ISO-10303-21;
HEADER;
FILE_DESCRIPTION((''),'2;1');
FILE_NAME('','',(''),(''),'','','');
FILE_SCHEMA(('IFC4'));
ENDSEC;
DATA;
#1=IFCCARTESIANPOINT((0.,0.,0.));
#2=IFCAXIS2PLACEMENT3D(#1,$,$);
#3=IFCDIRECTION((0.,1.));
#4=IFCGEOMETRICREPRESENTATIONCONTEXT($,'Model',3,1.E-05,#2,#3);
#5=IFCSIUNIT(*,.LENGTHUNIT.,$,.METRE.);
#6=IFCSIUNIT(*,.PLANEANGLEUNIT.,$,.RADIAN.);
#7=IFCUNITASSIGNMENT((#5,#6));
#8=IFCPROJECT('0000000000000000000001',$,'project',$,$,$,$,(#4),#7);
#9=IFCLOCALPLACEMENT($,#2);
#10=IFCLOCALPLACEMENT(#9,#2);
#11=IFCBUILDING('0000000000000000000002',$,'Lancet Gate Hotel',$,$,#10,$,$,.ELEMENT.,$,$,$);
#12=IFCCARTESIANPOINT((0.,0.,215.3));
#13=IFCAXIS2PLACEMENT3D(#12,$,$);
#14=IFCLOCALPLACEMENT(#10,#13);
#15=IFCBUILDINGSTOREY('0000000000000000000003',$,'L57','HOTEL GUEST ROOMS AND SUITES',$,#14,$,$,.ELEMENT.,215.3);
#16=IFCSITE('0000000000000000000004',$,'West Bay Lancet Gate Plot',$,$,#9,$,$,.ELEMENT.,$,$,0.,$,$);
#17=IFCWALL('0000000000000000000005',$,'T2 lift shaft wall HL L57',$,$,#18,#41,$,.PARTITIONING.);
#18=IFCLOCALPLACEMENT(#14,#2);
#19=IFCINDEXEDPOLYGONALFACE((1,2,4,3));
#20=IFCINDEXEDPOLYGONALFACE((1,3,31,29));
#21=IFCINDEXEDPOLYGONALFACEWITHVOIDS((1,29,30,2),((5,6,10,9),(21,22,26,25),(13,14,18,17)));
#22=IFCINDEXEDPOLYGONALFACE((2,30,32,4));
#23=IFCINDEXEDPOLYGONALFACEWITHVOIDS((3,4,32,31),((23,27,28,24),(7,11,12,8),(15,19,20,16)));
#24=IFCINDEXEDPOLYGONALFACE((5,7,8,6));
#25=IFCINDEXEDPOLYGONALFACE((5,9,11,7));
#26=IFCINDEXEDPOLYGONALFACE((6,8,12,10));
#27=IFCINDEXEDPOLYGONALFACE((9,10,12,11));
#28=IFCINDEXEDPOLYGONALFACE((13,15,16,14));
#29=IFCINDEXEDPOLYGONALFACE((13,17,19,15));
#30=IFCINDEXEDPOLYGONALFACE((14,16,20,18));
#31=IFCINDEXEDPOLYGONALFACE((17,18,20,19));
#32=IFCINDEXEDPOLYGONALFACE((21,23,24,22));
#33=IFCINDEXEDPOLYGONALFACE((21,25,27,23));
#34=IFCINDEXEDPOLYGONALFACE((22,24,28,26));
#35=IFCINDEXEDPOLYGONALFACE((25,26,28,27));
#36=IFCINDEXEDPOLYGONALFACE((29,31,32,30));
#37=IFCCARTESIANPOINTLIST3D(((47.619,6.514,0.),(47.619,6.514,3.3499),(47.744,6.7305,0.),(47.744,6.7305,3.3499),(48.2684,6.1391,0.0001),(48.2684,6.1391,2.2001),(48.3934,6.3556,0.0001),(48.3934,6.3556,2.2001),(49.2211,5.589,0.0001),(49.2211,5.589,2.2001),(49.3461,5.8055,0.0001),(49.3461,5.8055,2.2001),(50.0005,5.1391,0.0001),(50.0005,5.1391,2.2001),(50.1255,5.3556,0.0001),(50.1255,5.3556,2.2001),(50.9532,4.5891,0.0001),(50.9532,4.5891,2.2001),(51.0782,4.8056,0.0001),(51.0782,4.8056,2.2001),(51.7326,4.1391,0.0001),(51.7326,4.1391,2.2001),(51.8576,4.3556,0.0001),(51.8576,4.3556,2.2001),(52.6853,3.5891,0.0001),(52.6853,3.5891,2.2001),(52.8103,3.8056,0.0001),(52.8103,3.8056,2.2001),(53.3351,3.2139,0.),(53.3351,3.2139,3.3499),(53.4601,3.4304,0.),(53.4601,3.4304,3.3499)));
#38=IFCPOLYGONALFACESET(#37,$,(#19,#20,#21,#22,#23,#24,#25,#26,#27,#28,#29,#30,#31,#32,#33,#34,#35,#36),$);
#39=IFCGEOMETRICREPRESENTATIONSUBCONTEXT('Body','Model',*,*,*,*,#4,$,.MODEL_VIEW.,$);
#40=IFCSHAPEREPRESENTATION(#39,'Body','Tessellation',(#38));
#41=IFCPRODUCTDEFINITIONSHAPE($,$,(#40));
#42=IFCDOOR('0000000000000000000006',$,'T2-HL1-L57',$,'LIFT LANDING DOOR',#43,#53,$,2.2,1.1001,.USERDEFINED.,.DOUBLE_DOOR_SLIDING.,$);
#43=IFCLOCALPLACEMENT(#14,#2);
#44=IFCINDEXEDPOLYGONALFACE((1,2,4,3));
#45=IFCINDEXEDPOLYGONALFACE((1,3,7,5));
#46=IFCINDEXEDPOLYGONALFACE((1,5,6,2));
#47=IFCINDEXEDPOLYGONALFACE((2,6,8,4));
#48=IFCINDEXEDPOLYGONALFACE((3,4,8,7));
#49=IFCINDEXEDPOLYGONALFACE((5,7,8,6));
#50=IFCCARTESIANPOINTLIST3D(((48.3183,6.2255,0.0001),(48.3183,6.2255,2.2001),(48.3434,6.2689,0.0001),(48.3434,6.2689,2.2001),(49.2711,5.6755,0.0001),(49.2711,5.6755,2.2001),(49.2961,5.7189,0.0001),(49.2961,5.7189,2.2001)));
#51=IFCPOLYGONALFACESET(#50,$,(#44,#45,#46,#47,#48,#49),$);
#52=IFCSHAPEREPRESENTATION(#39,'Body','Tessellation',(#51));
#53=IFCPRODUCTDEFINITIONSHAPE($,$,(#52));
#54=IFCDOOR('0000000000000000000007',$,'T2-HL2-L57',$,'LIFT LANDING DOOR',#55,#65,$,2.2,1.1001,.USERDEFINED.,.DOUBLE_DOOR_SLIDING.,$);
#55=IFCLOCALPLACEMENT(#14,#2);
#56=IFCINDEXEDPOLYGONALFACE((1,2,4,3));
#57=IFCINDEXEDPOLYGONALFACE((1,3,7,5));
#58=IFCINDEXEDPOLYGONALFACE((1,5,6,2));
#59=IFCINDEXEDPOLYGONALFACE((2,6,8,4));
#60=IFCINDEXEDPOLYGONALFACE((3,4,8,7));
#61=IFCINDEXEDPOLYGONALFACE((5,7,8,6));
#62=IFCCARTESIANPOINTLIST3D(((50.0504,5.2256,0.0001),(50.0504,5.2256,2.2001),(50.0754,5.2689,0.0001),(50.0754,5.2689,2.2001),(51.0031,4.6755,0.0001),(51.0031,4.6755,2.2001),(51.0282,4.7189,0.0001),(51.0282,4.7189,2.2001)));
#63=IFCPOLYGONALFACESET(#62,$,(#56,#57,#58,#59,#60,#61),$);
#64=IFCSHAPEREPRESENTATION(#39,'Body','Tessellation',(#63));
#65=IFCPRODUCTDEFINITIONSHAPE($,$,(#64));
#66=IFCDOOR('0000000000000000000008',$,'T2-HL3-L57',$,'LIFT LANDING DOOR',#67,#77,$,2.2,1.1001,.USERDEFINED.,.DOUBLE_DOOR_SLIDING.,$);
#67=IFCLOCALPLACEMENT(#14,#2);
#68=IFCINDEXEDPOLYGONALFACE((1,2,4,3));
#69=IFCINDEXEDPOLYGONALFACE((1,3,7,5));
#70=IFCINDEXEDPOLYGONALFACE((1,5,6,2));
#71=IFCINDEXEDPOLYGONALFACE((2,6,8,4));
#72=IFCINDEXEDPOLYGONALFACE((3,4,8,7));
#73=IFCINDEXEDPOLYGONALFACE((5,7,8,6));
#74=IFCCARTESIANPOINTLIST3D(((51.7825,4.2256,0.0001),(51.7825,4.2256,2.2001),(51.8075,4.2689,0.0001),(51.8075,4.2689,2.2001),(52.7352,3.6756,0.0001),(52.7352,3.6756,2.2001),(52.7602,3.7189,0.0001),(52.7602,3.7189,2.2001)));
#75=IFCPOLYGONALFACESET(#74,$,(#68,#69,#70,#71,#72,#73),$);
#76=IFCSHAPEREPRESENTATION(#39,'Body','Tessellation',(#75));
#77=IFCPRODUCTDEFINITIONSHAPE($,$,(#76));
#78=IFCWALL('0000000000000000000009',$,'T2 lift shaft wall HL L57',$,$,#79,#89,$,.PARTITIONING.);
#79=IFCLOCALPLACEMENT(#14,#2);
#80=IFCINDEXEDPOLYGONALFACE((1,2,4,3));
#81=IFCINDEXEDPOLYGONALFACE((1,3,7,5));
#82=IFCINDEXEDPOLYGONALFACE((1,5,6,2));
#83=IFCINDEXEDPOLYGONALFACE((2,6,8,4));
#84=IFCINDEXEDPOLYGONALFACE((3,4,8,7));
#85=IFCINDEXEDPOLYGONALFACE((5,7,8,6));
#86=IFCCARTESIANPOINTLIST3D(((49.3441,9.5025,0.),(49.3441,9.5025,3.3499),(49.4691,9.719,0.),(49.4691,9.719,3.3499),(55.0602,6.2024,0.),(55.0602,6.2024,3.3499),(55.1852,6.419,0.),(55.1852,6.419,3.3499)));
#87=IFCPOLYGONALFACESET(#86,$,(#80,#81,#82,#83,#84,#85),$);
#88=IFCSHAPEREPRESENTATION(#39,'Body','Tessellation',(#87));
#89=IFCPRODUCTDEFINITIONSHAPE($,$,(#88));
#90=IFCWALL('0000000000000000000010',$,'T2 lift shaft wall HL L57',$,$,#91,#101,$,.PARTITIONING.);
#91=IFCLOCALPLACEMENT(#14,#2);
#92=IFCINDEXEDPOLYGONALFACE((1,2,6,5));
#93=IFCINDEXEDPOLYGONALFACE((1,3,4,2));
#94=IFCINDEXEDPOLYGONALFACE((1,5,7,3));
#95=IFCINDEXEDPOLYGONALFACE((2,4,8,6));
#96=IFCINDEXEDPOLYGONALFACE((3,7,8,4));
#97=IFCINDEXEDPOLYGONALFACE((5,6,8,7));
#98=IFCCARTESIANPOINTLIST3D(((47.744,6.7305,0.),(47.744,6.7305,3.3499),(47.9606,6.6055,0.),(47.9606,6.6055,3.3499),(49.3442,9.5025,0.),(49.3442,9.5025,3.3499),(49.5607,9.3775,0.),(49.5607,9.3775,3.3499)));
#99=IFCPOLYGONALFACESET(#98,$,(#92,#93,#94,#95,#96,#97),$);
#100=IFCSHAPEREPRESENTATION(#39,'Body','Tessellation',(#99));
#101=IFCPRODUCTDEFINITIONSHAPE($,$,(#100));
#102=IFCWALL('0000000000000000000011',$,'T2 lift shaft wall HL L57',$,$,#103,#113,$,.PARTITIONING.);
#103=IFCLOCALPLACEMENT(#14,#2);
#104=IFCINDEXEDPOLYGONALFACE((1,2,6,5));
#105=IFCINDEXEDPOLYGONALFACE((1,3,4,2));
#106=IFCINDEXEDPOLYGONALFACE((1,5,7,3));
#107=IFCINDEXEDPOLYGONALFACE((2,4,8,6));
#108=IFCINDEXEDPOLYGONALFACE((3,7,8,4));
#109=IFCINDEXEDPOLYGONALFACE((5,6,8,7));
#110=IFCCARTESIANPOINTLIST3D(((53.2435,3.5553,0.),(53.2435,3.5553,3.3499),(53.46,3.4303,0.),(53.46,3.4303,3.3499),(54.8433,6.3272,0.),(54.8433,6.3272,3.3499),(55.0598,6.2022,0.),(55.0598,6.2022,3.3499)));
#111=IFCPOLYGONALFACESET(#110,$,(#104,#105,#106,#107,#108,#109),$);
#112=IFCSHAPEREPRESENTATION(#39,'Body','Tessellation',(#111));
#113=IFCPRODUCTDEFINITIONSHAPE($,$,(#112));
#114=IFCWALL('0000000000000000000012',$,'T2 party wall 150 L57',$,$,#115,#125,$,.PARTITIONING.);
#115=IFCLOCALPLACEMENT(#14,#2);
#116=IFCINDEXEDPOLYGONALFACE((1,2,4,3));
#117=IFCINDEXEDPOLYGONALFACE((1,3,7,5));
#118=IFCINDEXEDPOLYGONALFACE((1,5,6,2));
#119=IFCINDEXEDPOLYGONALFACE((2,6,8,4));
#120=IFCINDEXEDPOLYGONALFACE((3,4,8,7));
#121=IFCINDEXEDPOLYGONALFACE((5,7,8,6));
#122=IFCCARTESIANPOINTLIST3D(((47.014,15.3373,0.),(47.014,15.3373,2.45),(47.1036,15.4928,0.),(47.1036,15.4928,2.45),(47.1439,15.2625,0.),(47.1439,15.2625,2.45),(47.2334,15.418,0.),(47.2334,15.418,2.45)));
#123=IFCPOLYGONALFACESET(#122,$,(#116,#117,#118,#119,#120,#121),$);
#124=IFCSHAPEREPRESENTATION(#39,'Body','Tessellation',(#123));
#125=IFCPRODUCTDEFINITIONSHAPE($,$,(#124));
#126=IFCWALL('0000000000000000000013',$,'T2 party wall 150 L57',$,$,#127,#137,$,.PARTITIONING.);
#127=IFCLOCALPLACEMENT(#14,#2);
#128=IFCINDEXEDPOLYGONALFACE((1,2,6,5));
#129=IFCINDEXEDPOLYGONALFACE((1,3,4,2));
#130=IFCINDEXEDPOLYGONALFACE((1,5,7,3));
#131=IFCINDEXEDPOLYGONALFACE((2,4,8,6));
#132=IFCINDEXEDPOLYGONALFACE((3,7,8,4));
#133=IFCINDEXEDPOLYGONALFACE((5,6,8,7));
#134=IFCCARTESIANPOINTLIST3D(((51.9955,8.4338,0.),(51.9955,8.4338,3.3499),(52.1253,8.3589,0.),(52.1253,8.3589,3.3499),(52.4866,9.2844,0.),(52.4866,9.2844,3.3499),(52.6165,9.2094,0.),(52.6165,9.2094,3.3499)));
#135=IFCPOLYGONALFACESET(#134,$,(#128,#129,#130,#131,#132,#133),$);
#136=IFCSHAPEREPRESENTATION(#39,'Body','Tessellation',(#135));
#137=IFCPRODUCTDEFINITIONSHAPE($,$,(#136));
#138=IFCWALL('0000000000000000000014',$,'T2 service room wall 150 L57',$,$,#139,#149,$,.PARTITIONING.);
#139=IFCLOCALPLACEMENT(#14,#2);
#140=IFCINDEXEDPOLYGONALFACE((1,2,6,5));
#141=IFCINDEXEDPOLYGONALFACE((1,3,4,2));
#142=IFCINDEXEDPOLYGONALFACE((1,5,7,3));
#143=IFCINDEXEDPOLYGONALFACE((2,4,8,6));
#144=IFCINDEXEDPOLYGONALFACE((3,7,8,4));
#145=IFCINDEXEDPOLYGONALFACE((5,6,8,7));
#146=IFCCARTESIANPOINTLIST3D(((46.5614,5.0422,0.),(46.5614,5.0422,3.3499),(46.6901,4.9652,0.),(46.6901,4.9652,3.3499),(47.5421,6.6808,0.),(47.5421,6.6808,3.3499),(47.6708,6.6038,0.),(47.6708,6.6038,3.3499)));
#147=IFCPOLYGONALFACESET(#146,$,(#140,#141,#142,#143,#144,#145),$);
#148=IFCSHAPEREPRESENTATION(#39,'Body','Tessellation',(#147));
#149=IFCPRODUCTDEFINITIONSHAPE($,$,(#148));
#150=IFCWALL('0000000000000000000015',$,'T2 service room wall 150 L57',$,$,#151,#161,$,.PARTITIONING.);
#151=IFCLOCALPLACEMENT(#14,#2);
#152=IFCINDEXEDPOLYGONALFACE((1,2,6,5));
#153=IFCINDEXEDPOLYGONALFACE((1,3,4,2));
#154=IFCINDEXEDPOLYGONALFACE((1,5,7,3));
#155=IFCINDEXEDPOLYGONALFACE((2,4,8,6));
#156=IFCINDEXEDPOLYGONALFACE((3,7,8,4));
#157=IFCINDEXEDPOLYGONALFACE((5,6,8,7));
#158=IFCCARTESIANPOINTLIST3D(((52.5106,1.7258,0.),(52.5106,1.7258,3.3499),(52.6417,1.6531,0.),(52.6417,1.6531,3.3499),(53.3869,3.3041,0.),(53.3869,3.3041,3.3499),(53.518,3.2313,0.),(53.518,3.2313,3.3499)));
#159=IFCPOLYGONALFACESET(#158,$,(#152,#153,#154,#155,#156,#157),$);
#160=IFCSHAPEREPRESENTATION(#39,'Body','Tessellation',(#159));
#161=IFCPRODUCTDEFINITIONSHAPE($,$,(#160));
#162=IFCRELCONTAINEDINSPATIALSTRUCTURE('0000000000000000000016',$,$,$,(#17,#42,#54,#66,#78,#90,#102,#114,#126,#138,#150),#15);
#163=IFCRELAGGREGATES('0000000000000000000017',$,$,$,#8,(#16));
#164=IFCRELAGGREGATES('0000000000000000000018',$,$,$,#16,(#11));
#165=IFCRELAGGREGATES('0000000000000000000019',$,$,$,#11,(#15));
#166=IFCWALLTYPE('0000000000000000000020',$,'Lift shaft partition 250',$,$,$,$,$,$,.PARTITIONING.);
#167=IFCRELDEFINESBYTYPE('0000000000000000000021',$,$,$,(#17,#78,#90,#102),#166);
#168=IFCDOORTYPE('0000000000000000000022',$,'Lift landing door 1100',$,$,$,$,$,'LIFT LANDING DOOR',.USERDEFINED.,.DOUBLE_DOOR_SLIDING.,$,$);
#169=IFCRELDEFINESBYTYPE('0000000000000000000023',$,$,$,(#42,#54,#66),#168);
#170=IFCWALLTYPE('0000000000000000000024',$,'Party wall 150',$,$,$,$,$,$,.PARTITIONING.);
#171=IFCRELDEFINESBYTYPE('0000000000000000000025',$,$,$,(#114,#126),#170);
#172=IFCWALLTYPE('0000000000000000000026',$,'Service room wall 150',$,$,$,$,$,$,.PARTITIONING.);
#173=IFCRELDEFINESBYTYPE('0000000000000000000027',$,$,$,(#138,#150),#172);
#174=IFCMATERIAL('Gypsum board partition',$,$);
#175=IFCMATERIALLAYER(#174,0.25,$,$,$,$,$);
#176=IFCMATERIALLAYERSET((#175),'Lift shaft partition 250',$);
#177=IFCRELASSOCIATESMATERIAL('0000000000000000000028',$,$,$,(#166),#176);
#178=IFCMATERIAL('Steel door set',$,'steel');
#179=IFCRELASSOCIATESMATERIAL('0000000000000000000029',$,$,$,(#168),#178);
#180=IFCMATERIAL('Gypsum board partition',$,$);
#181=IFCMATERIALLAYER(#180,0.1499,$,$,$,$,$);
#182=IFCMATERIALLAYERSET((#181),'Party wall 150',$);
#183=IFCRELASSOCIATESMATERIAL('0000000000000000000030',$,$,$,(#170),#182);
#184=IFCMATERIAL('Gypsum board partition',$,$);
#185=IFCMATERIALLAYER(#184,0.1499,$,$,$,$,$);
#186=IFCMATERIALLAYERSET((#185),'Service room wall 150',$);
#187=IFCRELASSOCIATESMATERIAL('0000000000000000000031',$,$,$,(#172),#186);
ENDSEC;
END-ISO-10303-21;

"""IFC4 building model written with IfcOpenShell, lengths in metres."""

from ifc_helpers import new_model, si_unit, direction, frame, frame_2d, origin, place, context, subcontext, project, spatial, rectangle, extrude, material, layer, layer_set, type_object, element, fill, save


model = new_model("IFC4")

# Units and contexts
model_context = context("Model", 3, precision=1e-05, world=origin(), true_north=direction((0.0, 1.0)))
body_context = subcontext(model_context, "Body", "Model", "MODEL_VIEW")
ifc_project = project(units=[si_unit("LENGTHUNIT", "METRE"), si_unit("PLANEANGLEUNIT", "RADIAN")], contexts=[model_context])

# Site, building, storey
site_placement = place(None, origin())
site = spatial("IfcSite", under=ifc_project, at=site_placement, Name="West Bay Lancet Gate Plot", CompositionType="ELEMENT", RefElevation=0.0)
building_placement = place(site_placement, origin())
building = spatial("IfcBuilding", under=site, at=building_placement, Name="Lancet Gate Hotel", CompositionType="ELEMENT")
storey_placement = place(building_placement, frame((0.0, 0.0, 215.3)))
storey = spatial("IfcBuildingStorey", under=building, at=storey_placement, Name="L57", Description="HOTEL GUEST ROOMS AND SUITES", CompositionType="ELEMENT", Elevation=215.3)

# Wall, openings, doors
ifc_material_1 = material(Name="Gypsum board partition")
ifc_layer_1 = layer(ifc_material_1, 0.25)
ifc_layer_set_1 = layer_set([ifc_layer_1], Name="Lift shaft partition 250")
wall_type_1 = type_object("IfcWallType", Name="Lift shaft partition 250", PredefinedType="PARTITIONING", material=ifc_layer_set_1)
wall_1_placement = place(storey_placement, frame((47.6814, 6.6223, 0.0), z_axis=(0.0, 0.0, 1.0), x_axis=(0.866033, -0.499986, 0.0)))
wall_1 = element("IfcWall", 1, at=wall_1_placement, inside=storey, type_object=wall_type_1, Name="T2 lift shaft wall HL L57", PredefinedType="PARTITIONING", context=body_context, shape_type="SweptSolid", body=[
    extrude(rectangle(XDim=6.6003, YDim=0.25, at=frame_2d((3.3003, 0.0))), origin(), (0.0, 0.0, 1.0), 3.3499),
])
opening_1_placement = place(wall_1_placement, frame((0.75, 0.0, 0.0)))
opening_1 = element("IfcOpeningElement", 2, at=opening_1_placement, cuts=wall_1, PredefinedType="OPENING", context=body_context, shape_type="SweptSolid", body=[
    extrude(rectangle(XDim=1.1001, YDim=2.2, at=frame_2d((0.55, 1.1001))), frame((0.0, 0.135, 0.0), z_axis=(0.0, -1.0, 0.0), x_axis=(1.0, 0.0, 0.0)), (0.0, 0.0, 1.0), 0.27),
])
opening_2_placement = place(wall_1_placement, frame((2.75, 0.0, 0.0)))
opening_2 = element("IfcOpeningElement", 3, at=opening_2_placement, cuts=wall_1, PredefinedType="OPENING", context=body_context, shape_type="SweptSolid", body=[
    extrude(rectangle(XDim=1.1001, YDim=2.2, at=frame_2d((0.55, 1.1001))), frame((0.0, 0.135, 0.0), z_axis=(0.0, -1.0, 0.0), x_axis=(1.0, 0.0, 0.0)), (0.0, 0.0, 1.0), 0.27),
])
opening_3_placement = place(wall_1_placement, frame((4.75, 0.0, 0.0)))
opening_3 = element("IfcOpeningElement", 4, at=opening_3_placement, cuts=wall_1, PredefinedType="OPENING", context=body_context, shape_type="SweptSolid", body=[
    extrude(rectangle(XDim=1.1001, YDim=2.2, at=frame_2d((0.55, 1.1001))), frame((0.0, 0.135, 0.0), z_axis=(0.0, -1.0, 0.0), x_axis=(1.0, 0.0, 0.0)), (0.0, 0.0, 1.0), 0.27),
])
ifc_material_2 = material(Name="Steel door set", Category="steel")
door_type_1 = type_object("IfcDoorType", Name="Lift landing door 1100", ElementType="LIFT LANDING DOOR", OperationType="DOUBLE_DOOR_SLIDING", PredefinedType="USERDEFINED", material=ifc_material_2)
door_1_placement = place(opening_1_placement, origin())
door_1 = element("IfcDoor", 5, at=door_1_placement, inside=storey, type_object=door_type_1, Name="T2-HL1-L57", ObjectType="LIFT LANDING DOOR", OperationType="DOUBLE_DOOR_SLIDING", OverallHeight=2.2, OverallWidth=1.1001, PredefinedType="USERDEFINED", context=body_context, shape_type="SweptSolid", body=[
    extrude(rectangle(XDim=1.1001, YDim=2.2, at=frame_2d((0.55, 1.1001))), frame((0.0, 0.0249, 0.0), z_axis=(0.0, -1.0, 0.0), x_axis=(1.0, 0.0, 0.0)), (0.0, 0.0, 1.0), 0.05),
])
fill(opening_1, door_1)
door_2_placement = place(opening_2_placement, origin())
door_2 = element("IfcDoor", 6, at=door_2_placement, inside=storey, type_object=door_type_1, Name="T2-HL2-L57", ObjectType="LIFT LANDING DOOR", OperationType="DOUBLE_DOOR_SLIDING", OverallHeight=2.2, OverallWidth=1.1001, PredefinedType="USERDEFINED", context=body_context, shape_type="SweptSolid", body=[
    extrude(rectangle(XDim=1.1001, YDim=2.2, at=frame_2d((0.55, 1.1001))), frame((0.0, 0.0249, 0.0), z_axis=(0.0, -1.0, 0.0), x_axis=(1.0, 0.0, 0.0)), (0.0, 0.0, 1.0), 0.05),
])
fill(opening_2, door_2)
door_3_placement = place(opening_3_placement, origin())
door_3 = element("IfcDoor", 7, at=door_3_placement, inside=storey, type_object=door_type_1, Name="T2-HL3-L57", ObjectType="LIFT LANDING DOOR", OperationType="DOUBLE_DOOR_SLIDING", OverallHeight=2.2, OverallWidth=1.1001, PredefinedType="USERDEFINED", context=body_context, shape_type="SweptSolid", body=[
    extrude(rectangle(XDim=1.1001, YDim=2.2, at=frame_2d((0.55, 1.1001))), frame((0.0, 0.0249, 0.0), z_axis=(0.0, -1.0, 0.0), x_axis=(1.0, 0.0, 0.0)), (0.0, 0.0, 1.0), 0.05),
])
fill(opening_3, door_3)

# Walls
wall_2_placement = place(storey_placement, frame((49.4065, 9.6108, 0.0), z_axis=(0.0, 0.0, 1.0), x_axis=(0.866033, -0.499986, 0.0)))
element("IfcWall", 8, at=wall_2_placement, inside=storey, type_object=wall_type_1, Name="T2 lift shaft wall HL L57", PredefinedType="PARTITIONING", context=body_context, shape_type="SweptSolid", body=[
    extrude(rectangle(XDim=6.6003, YDim=0.25, at=frame_2d((3.3003, 0.0))), origin(), (0.0, 0.0, 1.0), 3.3499),
])
wall_3_placement = place(storey_placement, frame((47.8523, 6.668, 0.0), z_axis=(0.0, 0.0, 1.0), x_axis=(0.499929, 0.866066, 0.0)))
element("IfcWall", 9, at=wall_3_placement, inside=storey, type_object=wall_type_1, Name="T2 lift shaft wall HL L57", PredefinedType="PARTITIONING", context=body_context, shape_type="SweptSolid", body=[
    extrude(rectangle(XDim=3.2007, YDim=0.25, at=frame_2d((1.6003, 0.0))), origin(), (0.0, 0.0, 1.0), 3.3499),
])
wall_4_placement = place(storey_placement, frame((53.3518, 3.4929, 0.0), z_axis=(0.0, 0.0, 1.0), x_axis=(0.499872, 0.866099, 0.0)))
element("IfcWall", 10, at=wall_4_placement, inside=storey, type_object=wall_type_1, Name="T2 lift shaft wall HL L57", PredefinedType="PARTITIONING", context=body_context, shape_type="SweptSolid", body=[
    extrude(rectangle(XDim=3.2004, YDim=0.25, at=frame_2d((1.6001, 0.0))), origin(), (0.0, 0.0, 1.0), 3.3499),
])
ifc_material_3 = material(Name="Gypsum board partition")
ifc_layer_2 = layer(ifc_material_3, 0.1499)
ifc_layer_set_2 = layer_set([ifc_layer_2], Name="Party wall 150")
wall_type_2 = type_object("IfcWallType", Name="Party wall 150", PredefinedType="PARTITIONING", material=ifc_layer_set_2)
wall_5_placement = place(storey_placement, frame((47.0789, 15.2998, 0.0), z_axis=(0.0, 0.0, 1.0), x_axis=(0.499212, 0.86648, 0.0)))
element("IfcWall", 11, at=wall_5_placement, inside=storey, type_object=wall_type_2, Name="T2 party wall 150 L57", PredefinedType="PARTITIONING", context=body_context, shape_type="SweptSolid", body=[
    extrude(rectangle(XDim=0.1794, YDim=0.1499, at=frame_2d((0.0898, 0.0))), origin(), (0.0, 0.0, 1.0), 2.45),
])
wall_6_placement = place(storey_placement, frame((52.0603, 8.3962, 0.0), z_axis=(0.0, 0.0, 1.0), x_axis=(0.500095, 0.86597, 0.0)))
element("IfcWall", 12, at=wall_6_placement, inside=storey, type_object=wall_type_2, Name="T2 party wall 150 L57", PredefinedType="PARTITIONING", context=body_context, shape_type="SweptSolid", body=[
    extrude(rectangle(XDim=0.9822, YDim=0.1499, at=frame_2d((0.4912, 0.0))), origin(), (0.0, 0.0, 1.0), 3.3499),
])
ifc_material_4 = material(Name="Gypsum board partition")
ifc_layer_3 = layer(ifc_material_4, 0.1499)
ifc_layer_set_3 = layer_set([ifc_layer_3], Name="Service room wall 150")
wall_type_3 = type_object("IfcWallType", Name="Service room wall 150", PredefinedType="PARTITIONING", material=ifc_layer_set_3)
wall_7_placement = place(storey_placement, frame((47.6064, 6.6423, 0.0), z_axis=(0.0, 0.0, 1.0), x_axis=(-0.513537, -0.858068, 0.0)))
element("IfcWall", 13, at=wall_7_placement, inside=storey, type_object=wall_type_3, Name="T2 service room wall 150 L57", PredefinedType="PARTITIONING", context=body_context, shape_type="SweptSolid", body=[
    extrude(rectangle(XDim=1.9097, YDim=0.1499, at=frame_2d((0.9548, 0.0))), origin(), (0.0, 0.0, 1.0), 3.3499),
])
wall_8_placement = place(storey_placement, frame((52.5762, 1.6895, 0.0), z_axis=(0.0, 0.0, 1.0), x_axis=(0.485425, 0.874278, 0.0)))
element("IfcWall", 14, at=wall_8_placement, inside=storey, type_object=wall_type_3, Name="T2 service room wall 150 L57", PredefinedType="PARTITIONING", context=body_context, shape_type="SweptSolid", body=[
    extrude(rectangle(XDim=1.8052, YDim=0.1499, at=frame_2d((0.9026, 0.0))), origin(), (0.0, 0.0, 1.0), 3.3499),
])

save(model, "model.ifc")
